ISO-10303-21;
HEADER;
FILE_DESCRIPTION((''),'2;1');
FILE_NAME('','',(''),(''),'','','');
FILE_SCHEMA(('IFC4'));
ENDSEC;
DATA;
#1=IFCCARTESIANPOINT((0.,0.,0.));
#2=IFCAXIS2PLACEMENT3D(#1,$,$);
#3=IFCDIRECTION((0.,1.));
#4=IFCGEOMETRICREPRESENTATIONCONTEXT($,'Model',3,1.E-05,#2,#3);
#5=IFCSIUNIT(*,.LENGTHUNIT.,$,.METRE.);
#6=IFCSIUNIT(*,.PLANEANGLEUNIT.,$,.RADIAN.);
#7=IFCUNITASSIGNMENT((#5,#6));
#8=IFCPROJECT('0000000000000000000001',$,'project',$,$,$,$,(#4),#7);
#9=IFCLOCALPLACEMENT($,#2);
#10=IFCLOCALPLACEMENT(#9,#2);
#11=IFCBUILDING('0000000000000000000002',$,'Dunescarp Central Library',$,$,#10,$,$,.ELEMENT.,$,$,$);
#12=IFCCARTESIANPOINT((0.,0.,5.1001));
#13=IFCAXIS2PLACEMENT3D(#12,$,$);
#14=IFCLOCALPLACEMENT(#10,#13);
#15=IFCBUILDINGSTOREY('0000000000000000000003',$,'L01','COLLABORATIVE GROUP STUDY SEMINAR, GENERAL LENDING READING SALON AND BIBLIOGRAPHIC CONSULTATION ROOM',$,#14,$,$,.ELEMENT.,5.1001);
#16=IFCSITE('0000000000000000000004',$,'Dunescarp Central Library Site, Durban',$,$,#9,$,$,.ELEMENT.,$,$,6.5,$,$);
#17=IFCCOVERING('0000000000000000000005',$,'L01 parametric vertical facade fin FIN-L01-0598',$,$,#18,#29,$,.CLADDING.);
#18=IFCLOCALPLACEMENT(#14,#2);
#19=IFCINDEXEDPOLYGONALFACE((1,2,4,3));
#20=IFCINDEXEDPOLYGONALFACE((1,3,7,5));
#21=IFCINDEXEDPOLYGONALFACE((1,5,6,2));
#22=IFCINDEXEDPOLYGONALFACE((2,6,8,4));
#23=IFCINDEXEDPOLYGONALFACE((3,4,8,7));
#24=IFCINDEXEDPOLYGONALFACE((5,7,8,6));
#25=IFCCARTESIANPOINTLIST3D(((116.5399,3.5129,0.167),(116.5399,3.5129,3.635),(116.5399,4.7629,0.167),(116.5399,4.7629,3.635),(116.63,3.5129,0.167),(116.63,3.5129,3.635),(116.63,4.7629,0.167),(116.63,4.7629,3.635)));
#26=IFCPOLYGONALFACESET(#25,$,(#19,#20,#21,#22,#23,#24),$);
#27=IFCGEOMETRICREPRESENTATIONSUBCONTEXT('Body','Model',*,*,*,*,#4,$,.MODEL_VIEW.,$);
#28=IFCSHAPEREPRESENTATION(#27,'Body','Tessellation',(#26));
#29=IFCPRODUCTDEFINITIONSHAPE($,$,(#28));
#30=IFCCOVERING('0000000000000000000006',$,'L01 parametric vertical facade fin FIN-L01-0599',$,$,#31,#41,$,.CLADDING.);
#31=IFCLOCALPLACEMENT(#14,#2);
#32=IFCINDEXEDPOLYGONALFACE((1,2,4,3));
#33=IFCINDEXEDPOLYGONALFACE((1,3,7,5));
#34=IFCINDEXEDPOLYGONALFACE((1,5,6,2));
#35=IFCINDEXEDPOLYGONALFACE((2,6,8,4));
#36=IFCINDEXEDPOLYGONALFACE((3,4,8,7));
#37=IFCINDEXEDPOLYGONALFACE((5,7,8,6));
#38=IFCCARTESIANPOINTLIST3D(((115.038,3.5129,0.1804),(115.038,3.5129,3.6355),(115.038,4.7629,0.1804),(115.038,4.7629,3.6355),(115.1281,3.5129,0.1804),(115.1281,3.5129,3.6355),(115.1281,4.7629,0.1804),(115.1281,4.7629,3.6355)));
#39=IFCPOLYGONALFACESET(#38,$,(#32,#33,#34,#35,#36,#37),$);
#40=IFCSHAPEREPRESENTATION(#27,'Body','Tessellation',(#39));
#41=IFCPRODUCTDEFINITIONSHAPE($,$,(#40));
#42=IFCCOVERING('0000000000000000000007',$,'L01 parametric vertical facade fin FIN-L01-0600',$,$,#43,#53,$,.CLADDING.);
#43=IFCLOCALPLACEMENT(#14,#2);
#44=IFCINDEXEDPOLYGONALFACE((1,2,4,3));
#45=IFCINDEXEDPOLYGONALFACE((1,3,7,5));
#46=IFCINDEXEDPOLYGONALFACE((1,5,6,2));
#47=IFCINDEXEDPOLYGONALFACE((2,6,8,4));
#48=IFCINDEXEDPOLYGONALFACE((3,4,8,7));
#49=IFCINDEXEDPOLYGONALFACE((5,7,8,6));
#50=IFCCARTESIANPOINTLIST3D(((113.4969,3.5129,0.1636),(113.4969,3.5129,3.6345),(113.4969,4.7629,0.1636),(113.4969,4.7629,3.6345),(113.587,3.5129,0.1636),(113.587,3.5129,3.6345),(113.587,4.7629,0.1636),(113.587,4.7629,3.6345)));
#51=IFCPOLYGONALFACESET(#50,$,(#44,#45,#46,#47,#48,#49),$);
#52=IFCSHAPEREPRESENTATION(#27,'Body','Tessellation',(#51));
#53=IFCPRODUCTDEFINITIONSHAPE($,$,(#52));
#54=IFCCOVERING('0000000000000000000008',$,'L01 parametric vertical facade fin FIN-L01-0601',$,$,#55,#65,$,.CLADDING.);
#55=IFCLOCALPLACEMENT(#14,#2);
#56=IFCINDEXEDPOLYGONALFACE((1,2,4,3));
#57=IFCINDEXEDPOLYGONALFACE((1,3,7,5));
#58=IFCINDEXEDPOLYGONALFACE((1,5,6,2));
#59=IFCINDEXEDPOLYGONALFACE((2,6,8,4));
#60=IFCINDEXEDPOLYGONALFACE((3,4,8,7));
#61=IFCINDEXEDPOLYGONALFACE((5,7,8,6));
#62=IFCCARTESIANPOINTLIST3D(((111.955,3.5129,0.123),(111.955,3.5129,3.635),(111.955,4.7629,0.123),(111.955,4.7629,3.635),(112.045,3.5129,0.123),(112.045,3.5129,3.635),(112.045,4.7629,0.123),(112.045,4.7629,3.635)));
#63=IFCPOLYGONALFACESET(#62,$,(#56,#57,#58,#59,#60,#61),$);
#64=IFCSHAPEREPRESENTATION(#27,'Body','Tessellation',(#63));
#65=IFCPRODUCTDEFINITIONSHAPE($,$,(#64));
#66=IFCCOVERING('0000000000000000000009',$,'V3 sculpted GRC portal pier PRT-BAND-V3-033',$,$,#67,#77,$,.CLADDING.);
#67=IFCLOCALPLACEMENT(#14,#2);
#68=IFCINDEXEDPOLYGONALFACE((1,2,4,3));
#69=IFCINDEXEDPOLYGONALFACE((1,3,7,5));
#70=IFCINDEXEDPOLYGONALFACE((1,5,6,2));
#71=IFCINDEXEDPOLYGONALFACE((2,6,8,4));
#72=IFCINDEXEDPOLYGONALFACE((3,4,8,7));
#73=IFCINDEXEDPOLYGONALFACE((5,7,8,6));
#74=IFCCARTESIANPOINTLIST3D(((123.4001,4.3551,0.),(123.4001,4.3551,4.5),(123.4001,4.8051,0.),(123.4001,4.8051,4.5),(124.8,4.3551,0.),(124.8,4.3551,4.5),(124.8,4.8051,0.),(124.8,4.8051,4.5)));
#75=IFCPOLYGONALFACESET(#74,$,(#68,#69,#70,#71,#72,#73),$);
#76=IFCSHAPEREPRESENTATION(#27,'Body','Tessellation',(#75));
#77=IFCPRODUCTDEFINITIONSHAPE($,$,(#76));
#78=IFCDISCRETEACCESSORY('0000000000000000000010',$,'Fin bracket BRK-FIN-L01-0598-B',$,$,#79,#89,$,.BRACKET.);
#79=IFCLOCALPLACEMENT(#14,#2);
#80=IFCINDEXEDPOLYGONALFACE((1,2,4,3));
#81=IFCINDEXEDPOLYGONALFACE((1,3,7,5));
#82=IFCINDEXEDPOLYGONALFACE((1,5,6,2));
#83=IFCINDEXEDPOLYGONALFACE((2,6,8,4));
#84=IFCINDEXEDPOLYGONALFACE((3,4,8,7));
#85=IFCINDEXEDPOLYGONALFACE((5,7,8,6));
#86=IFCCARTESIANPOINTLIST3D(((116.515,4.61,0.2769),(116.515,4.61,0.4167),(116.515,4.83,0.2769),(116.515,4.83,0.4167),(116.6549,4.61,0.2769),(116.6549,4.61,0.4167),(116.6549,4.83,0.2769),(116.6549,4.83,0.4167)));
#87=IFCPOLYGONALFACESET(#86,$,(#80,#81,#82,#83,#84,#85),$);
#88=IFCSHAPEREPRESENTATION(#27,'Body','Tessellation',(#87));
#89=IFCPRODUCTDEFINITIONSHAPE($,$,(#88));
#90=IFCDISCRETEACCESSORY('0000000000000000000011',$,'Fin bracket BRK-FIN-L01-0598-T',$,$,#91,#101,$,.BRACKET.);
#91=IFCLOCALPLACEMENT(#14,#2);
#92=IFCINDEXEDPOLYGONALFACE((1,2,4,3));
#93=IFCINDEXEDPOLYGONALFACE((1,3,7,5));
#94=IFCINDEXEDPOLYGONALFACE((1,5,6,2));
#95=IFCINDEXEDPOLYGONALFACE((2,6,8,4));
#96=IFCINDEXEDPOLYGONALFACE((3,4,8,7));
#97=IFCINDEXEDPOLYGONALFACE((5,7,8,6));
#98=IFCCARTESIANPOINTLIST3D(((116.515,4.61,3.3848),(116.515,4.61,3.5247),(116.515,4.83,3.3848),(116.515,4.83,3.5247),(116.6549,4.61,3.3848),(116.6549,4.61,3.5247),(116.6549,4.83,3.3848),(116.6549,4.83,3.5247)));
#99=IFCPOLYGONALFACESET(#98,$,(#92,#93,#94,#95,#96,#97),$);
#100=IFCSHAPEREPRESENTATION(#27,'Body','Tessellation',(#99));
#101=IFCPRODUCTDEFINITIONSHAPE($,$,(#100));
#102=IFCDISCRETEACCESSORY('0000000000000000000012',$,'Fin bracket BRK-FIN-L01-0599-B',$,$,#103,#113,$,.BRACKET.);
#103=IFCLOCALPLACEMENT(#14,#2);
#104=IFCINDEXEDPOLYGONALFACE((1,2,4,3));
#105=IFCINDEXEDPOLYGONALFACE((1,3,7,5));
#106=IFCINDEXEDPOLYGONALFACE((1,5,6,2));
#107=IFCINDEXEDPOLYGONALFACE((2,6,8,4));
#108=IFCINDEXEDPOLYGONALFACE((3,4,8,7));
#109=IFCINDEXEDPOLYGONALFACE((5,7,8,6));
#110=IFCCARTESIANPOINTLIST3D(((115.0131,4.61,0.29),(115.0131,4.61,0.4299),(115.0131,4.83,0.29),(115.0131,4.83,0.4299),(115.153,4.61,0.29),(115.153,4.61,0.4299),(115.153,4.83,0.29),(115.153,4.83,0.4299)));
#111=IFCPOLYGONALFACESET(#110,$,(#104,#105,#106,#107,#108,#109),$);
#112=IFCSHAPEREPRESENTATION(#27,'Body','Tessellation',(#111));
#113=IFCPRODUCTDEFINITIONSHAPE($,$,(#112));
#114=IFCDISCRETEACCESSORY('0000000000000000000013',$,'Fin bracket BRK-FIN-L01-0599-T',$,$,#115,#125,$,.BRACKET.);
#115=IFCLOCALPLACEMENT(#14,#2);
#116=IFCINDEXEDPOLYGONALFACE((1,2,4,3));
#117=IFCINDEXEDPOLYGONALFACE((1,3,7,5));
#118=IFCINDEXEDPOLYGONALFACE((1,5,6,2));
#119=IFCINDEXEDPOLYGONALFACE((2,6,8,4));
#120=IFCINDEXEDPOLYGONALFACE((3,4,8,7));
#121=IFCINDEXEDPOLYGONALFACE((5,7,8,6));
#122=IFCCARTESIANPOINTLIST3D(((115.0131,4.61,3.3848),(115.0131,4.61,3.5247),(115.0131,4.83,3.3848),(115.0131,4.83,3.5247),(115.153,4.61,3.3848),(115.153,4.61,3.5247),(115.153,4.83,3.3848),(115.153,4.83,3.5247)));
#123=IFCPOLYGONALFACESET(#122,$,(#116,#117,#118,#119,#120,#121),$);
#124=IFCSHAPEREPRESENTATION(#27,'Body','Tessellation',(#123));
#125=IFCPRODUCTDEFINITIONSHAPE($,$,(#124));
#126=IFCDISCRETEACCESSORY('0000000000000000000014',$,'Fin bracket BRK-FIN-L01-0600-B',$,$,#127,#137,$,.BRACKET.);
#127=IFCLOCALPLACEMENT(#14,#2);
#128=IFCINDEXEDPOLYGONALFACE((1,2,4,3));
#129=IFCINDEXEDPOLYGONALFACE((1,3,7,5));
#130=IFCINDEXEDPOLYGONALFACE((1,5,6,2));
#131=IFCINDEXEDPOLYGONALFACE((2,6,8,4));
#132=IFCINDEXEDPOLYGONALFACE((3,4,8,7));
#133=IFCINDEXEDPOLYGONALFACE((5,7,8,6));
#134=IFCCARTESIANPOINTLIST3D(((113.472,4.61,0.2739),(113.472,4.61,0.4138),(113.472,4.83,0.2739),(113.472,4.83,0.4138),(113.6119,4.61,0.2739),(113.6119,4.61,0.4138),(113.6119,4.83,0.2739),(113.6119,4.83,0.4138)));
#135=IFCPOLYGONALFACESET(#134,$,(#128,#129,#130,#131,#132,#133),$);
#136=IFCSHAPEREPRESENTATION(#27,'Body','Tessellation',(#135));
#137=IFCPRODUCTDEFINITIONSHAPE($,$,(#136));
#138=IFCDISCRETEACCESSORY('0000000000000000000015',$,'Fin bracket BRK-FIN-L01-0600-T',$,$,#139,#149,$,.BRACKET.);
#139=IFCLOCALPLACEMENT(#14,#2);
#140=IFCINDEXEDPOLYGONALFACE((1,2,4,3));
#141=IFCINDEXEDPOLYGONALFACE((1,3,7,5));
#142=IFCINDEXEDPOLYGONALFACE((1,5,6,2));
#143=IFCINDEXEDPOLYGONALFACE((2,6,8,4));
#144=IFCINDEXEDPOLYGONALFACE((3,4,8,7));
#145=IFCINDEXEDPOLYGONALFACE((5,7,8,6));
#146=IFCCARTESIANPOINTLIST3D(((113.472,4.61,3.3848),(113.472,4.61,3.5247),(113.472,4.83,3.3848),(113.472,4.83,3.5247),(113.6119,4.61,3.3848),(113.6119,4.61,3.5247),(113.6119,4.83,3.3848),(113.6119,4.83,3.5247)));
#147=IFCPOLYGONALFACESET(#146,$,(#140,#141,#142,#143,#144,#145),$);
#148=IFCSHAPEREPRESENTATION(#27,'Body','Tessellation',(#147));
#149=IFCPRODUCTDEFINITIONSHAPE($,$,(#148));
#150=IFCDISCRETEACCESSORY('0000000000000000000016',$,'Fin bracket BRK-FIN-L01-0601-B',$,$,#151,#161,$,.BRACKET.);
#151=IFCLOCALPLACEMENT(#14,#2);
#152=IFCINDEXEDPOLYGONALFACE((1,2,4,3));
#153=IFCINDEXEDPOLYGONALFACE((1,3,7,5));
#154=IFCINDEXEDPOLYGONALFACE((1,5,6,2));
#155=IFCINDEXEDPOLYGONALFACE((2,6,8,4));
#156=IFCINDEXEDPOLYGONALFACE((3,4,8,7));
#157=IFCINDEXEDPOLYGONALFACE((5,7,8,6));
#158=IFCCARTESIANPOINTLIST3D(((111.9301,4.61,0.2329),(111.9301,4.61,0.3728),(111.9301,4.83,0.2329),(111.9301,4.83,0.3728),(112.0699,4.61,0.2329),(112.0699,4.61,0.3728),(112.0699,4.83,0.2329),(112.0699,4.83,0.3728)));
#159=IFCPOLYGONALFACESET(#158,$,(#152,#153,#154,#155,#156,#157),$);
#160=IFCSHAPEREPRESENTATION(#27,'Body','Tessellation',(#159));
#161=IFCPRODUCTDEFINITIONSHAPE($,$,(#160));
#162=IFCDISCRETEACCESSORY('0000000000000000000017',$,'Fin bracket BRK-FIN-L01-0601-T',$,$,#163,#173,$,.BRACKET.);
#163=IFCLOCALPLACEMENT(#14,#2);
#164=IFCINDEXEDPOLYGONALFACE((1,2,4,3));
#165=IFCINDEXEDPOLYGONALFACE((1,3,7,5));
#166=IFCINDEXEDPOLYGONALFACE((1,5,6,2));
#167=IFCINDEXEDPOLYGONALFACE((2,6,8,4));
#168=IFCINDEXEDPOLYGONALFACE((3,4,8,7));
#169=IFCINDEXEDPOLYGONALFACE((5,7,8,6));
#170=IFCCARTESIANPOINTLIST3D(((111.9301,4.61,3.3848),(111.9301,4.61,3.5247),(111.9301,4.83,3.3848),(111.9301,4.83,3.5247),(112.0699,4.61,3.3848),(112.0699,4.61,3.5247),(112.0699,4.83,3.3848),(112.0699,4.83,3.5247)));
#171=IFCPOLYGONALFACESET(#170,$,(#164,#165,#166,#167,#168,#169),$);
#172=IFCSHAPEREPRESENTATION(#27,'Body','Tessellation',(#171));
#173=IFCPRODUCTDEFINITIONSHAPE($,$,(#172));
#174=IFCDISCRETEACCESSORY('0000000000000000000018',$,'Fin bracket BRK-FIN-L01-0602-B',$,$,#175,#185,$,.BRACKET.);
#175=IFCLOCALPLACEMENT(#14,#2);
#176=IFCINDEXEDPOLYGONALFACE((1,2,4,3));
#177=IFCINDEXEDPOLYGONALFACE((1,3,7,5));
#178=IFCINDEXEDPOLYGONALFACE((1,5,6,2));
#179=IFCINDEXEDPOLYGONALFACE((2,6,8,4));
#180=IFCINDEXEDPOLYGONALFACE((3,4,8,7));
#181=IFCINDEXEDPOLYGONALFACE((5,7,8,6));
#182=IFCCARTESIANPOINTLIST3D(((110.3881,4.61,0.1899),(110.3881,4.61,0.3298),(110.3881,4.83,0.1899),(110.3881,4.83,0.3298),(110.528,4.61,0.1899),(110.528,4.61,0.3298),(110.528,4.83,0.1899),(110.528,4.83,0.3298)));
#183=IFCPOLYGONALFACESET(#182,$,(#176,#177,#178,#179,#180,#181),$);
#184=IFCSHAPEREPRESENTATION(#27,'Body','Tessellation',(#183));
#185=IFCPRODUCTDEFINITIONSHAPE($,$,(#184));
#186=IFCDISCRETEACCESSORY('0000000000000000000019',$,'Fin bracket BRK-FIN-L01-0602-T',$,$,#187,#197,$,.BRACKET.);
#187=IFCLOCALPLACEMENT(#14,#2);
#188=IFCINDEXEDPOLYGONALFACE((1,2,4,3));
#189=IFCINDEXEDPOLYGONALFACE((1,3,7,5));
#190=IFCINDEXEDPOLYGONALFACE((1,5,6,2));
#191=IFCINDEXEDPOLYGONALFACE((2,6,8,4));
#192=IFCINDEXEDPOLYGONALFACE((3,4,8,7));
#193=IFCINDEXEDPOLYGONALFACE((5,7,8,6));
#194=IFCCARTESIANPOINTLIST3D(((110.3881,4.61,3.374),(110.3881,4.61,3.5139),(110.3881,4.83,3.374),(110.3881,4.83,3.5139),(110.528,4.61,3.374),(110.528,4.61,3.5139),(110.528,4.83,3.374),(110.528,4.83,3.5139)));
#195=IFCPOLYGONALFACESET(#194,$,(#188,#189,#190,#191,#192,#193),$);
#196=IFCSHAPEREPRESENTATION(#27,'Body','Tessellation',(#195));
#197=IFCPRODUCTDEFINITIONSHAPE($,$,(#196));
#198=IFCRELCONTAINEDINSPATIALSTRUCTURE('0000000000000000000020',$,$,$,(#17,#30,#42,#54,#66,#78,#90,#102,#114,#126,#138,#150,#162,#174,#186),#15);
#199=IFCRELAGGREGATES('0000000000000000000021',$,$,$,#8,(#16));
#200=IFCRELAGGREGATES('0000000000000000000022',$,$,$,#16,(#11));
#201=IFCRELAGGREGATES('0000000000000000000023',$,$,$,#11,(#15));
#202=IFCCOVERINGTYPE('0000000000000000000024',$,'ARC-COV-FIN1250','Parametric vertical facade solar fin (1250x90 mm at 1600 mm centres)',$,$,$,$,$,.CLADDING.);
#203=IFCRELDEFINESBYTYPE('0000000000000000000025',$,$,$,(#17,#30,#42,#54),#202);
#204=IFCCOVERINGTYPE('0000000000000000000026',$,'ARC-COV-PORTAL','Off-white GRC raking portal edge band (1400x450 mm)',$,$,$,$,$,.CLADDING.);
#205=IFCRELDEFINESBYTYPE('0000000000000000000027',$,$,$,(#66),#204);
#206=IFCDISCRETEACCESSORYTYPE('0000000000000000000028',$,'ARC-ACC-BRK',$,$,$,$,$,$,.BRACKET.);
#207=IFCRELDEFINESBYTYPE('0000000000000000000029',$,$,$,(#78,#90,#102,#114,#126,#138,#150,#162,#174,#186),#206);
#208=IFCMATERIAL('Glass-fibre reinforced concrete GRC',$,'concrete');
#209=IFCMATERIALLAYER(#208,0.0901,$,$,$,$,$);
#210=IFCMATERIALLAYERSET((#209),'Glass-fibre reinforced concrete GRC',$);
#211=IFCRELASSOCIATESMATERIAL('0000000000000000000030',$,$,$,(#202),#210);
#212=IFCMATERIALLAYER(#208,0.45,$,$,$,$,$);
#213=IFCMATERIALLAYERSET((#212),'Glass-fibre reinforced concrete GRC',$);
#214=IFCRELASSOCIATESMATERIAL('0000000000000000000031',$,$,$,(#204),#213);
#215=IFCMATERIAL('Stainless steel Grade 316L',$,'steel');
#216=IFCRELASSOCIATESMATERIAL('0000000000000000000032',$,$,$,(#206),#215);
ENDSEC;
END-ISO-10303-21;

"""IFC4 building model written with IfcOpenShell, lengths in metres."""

from ifc_helpers import new_model, si_unit, direction, frame, origin, origin_2d, place, context, subcontext, project, spatial, rectangle, extrude, material, layer, layer_set, type_object, element, save


model = new_model("IFC4")

# Units and contexts
model_context = context("Model", 3, precision=1e-05, world=origin(), true_north=direction((0.0, 1.0)))
body_context = subcontext(model_context, "Body", "Model", "MODEL_VIEW")
ifc_project = project(units=[si_unit("LENGTHUNIT", "METRE"), si_unit("PLANEANGLEUNIT", "RADIAN")], contexts=[model_context])

# Site, building, storey
site_placement = place(None, origin())
site = spatial("IfcSite", under=ifc_project, at=site_placement, Name="Dunescarp Central Library Site, Durban", CompositionType="ELEMENT", RefElevation=6.5)
building_placement = place(site_placement, origin())
building = spatial("IfcBuilding", under=site, at=building_placement, Name="Dunescarp Central Library", CompositionType="ELEMENT")
storey_placement = place(building_placement, frame((0.0, 0.0, 5.1001)))
storey = spatial("IfcBuildingStorey", under=building, at=storey_placement, Name="L01", Description="COLLABORATIVE GROUP STUDY SEMINAR, GENERAL LENDING READING SALON AND BIBLIOGRAPHIC CONSULTATION ROOM", CompositionType="ELEMENT", Elevation=5.1001)

# Coverings
ifc_material_1 = material(Name="Glass-fibre reinforced concrete GRC", Category="concrete")
ifc_layer_1 = layer(ifc_material_1, 0.0901)
ifc_layer_set_1 = layer_set([ifc_layer_1], Name="Glass-fibre reinforced concrete GRC")
covering_type_1 = type_object("IfcCoveringType", Name="ARC-COV-FIN1250", Description="Parametric vertical facade solar fin (1250x90 mm at 1600 mm centres)", PredefinedType="CLADDING", material=ifc_layer_set_1)
covering_1_placement = place(storey_placement, frame((116.585, 4.1379, 0.167), z_axis=(0.0, 0.0, 1.0), x_axis=(0.0, -1.0, 0.0)))
element("IfcCovering", 1, at=covering_1_placement, inside=storey, type_object=covering_type_1, Name="L01 parametric vertical facade fin FIN-L01-0598", PredefinedType="CLADDING", context=body_context, shape_type="SweptSolid", body=[
    extrude(rectangle(XDim=1.25, YDim=0.0901, at=origin_2d()), origin(), (0.0, 0.0, 1.0), 3.468),
])
covering_2_placement = place(storey_placement, frame((115.083, 4.1379, 0.1804), z_axis=(0.0, 0.0, 1.0), x_axis=(0.0, -1.0, 0.0)))
element("IfcCovering", 2, at=covering_2_placement, inside=storey, type_object=covering_type_1, Name="L01 parametric vertical facade fin FIN-L01-0599", PredefinedType="CLADDING", context=body_context, shape_type="SweptSolid", body=[
    extrude(rectangle(XDim=1.25, YDim=0.0901, at=origin_2d()), origin(), (0.0, 0.0, 1.0), 3.4551),
])
covering_3_placement = place(storey_placement, frame((113.542, 4.1379, 0.1636), z_axis=(0.0, 0.0, 1.0), x_axis=(0.0, -1.0, 0.0)))
element("IfcCovering", 3, at=covering_3_placement, inside=storey, type_object=covering_type_1, Name="L01 parametric vertical facade fin FIN-L01-0600", PredefinedType="CLADDING", context=body_context, shape_type="SweptSolid", body=[
    extrude(rectangle(XDim=1.25, YDim=0.0901, at=origin_2d()), origin(), (0.0, 0.0, 1.0), 3.4709),
])
covering_4_placement = place(storey_placement, frame((112.0, 4.1379, 0.123), z_axis=(0.0, 0.0, 1.0), x_axis=(0.0, -1.0, 0.0)))
element("IfcCovering", 4, at=covering_4_placement, inside=storey, type_object=covering_type_1, Name="L01 parametric vertical facade fin FIN-L01-0601", PredefinedType="CLADDING", context=body_context, shape_type="SweptSolid", body=[
    extrude(rectangle(XDim=1.25, YDim=0.0901, at=origin_2d()), origin(), (0.0, 0.0, 1.0), 3.512),
])
ifc_layer_2 = layer(ifc_material_1, 0.45)
ifc_layer_set_2 = layer_set([ifc_layer_2], Name="Glass-fibre reinforced concrete GRC")
covering_type_2 = type_object("IfcCoveringType", Name="ARC-COV-PORTAL", Description="Off-white GRC raking portal edge band (1400x450 mm)", PredefinedType="CLADDING", material=ifc_layer_set_2)
covering_5_placement = place(storey_placement, frame((124.1001, 4.5801, 0.0), z_axis=(0.0, 0.0, 1.0), x_axis=(1.0, 0.0, 0.0)))
element("IfcCovering", 5, at=covering_5_placement, inside=storey, type_object=covering_type_2, Name="V3 sculpted GRC portal pier PRT-BAND-V3-033", PredefinedType="CLADDING", context=body_context, shape_type="SweptSolid", body=[
    extrude(rectangle(XDim=1.3999, YDim=0.45, at=origin_2d()), origin(), (0.0, 0.0, 1.0), 4.5),
])

# Discrete accessories
ifc_material_2 = material(Name="Stainless steel Grade 316L", Category="steel")
discrete_accessory_type = type_object("IfcDiscreteAccessoryType", Name="ARC-ACC-BRK", PredefinedType="BRACKET", material=ifc_material_2)
for number, where, z_axis, x_axis, name in (
    (6, (116.585, 4.72, 0.2769), (0.0, 0.0, 1.0), (0.0, -1.0, 0.0), "Fin bracket BRK-FIN-L01-0598-B"),
    (7, (116.585, 4.72, 3.3848), (0.0, 0.0, 1.0), (0.0, -1.0, 0.0), "Fin bracket BRK-FIN-L01-0598-T"),
    (8, (115.083, 4.72, 0.29), (0.0, 0.0, 1.0), (0.0, -1.0, 0.0), "Fin bracket BRK-FIN-L01-0599-B"),
    (9, (115.083, 4.72, 3.3848), (0.0, 0.0, 1.0), (0.0, -1.0, 0.0), "Fin bracket BRK-FIN-L01-0599-T"),
    (10, (113.542, 4.72, 0.2739), (0.0, 0.0, 1.0), (0.0, -1.0, 0.0), "Fin bracket BRK-FIN-L01-0600-B"),
    (11, (113.542, 4.72, 3.3848), (0.0, 0.0, 1.0), (0.0, -1.0, 0.0), "Fin bracket BRK-FIN-L01-0600-T"),
    (12, (112.0, 4.72, 0.2329), (0.0, 0.0, 1.0), (0.0, -1.0, 0.0), "Fin bracket BRK-FIN-L01-0601-B"),
    (13, (112.0, 4.72, 3.3848), (0.0, 0.0, 1.0), (0.0, -1.0, 0.0), "Fin bracket BRK-FIN-L01-0601-T"),
    (14, (110.458, 4.72, 0.1899), (0.0, 0.0, 1.0), (0.0, -1.0, 0.0), "Fin bracket BRK-FIN-L01-0602-B"),
    (15, (110.458, 4.72, 3.374), (0.0, 0.0, 1.0), (0.0, -1.0, 0.0), "Fin bracket BRK-FIN-L01-0602-T"),
):
    element("IfcDiscreteAccessory", number, at=place(storey_placement, frame(where, z_axis=z_axis, x_axis=x_axis)), inside=storey, type_object=discrete_accessory_type, Name=name, PredefinedType="BRACKET", context=body_context, shape_type="SweptSolid", body=[
        extrude(rectangle(XDim=0.22, YDim=0.1399, at=origin_2d()), origin(), (0.0, 0.0, 1.0), 0.1399),
    ])

save(model, "model.ifc")
